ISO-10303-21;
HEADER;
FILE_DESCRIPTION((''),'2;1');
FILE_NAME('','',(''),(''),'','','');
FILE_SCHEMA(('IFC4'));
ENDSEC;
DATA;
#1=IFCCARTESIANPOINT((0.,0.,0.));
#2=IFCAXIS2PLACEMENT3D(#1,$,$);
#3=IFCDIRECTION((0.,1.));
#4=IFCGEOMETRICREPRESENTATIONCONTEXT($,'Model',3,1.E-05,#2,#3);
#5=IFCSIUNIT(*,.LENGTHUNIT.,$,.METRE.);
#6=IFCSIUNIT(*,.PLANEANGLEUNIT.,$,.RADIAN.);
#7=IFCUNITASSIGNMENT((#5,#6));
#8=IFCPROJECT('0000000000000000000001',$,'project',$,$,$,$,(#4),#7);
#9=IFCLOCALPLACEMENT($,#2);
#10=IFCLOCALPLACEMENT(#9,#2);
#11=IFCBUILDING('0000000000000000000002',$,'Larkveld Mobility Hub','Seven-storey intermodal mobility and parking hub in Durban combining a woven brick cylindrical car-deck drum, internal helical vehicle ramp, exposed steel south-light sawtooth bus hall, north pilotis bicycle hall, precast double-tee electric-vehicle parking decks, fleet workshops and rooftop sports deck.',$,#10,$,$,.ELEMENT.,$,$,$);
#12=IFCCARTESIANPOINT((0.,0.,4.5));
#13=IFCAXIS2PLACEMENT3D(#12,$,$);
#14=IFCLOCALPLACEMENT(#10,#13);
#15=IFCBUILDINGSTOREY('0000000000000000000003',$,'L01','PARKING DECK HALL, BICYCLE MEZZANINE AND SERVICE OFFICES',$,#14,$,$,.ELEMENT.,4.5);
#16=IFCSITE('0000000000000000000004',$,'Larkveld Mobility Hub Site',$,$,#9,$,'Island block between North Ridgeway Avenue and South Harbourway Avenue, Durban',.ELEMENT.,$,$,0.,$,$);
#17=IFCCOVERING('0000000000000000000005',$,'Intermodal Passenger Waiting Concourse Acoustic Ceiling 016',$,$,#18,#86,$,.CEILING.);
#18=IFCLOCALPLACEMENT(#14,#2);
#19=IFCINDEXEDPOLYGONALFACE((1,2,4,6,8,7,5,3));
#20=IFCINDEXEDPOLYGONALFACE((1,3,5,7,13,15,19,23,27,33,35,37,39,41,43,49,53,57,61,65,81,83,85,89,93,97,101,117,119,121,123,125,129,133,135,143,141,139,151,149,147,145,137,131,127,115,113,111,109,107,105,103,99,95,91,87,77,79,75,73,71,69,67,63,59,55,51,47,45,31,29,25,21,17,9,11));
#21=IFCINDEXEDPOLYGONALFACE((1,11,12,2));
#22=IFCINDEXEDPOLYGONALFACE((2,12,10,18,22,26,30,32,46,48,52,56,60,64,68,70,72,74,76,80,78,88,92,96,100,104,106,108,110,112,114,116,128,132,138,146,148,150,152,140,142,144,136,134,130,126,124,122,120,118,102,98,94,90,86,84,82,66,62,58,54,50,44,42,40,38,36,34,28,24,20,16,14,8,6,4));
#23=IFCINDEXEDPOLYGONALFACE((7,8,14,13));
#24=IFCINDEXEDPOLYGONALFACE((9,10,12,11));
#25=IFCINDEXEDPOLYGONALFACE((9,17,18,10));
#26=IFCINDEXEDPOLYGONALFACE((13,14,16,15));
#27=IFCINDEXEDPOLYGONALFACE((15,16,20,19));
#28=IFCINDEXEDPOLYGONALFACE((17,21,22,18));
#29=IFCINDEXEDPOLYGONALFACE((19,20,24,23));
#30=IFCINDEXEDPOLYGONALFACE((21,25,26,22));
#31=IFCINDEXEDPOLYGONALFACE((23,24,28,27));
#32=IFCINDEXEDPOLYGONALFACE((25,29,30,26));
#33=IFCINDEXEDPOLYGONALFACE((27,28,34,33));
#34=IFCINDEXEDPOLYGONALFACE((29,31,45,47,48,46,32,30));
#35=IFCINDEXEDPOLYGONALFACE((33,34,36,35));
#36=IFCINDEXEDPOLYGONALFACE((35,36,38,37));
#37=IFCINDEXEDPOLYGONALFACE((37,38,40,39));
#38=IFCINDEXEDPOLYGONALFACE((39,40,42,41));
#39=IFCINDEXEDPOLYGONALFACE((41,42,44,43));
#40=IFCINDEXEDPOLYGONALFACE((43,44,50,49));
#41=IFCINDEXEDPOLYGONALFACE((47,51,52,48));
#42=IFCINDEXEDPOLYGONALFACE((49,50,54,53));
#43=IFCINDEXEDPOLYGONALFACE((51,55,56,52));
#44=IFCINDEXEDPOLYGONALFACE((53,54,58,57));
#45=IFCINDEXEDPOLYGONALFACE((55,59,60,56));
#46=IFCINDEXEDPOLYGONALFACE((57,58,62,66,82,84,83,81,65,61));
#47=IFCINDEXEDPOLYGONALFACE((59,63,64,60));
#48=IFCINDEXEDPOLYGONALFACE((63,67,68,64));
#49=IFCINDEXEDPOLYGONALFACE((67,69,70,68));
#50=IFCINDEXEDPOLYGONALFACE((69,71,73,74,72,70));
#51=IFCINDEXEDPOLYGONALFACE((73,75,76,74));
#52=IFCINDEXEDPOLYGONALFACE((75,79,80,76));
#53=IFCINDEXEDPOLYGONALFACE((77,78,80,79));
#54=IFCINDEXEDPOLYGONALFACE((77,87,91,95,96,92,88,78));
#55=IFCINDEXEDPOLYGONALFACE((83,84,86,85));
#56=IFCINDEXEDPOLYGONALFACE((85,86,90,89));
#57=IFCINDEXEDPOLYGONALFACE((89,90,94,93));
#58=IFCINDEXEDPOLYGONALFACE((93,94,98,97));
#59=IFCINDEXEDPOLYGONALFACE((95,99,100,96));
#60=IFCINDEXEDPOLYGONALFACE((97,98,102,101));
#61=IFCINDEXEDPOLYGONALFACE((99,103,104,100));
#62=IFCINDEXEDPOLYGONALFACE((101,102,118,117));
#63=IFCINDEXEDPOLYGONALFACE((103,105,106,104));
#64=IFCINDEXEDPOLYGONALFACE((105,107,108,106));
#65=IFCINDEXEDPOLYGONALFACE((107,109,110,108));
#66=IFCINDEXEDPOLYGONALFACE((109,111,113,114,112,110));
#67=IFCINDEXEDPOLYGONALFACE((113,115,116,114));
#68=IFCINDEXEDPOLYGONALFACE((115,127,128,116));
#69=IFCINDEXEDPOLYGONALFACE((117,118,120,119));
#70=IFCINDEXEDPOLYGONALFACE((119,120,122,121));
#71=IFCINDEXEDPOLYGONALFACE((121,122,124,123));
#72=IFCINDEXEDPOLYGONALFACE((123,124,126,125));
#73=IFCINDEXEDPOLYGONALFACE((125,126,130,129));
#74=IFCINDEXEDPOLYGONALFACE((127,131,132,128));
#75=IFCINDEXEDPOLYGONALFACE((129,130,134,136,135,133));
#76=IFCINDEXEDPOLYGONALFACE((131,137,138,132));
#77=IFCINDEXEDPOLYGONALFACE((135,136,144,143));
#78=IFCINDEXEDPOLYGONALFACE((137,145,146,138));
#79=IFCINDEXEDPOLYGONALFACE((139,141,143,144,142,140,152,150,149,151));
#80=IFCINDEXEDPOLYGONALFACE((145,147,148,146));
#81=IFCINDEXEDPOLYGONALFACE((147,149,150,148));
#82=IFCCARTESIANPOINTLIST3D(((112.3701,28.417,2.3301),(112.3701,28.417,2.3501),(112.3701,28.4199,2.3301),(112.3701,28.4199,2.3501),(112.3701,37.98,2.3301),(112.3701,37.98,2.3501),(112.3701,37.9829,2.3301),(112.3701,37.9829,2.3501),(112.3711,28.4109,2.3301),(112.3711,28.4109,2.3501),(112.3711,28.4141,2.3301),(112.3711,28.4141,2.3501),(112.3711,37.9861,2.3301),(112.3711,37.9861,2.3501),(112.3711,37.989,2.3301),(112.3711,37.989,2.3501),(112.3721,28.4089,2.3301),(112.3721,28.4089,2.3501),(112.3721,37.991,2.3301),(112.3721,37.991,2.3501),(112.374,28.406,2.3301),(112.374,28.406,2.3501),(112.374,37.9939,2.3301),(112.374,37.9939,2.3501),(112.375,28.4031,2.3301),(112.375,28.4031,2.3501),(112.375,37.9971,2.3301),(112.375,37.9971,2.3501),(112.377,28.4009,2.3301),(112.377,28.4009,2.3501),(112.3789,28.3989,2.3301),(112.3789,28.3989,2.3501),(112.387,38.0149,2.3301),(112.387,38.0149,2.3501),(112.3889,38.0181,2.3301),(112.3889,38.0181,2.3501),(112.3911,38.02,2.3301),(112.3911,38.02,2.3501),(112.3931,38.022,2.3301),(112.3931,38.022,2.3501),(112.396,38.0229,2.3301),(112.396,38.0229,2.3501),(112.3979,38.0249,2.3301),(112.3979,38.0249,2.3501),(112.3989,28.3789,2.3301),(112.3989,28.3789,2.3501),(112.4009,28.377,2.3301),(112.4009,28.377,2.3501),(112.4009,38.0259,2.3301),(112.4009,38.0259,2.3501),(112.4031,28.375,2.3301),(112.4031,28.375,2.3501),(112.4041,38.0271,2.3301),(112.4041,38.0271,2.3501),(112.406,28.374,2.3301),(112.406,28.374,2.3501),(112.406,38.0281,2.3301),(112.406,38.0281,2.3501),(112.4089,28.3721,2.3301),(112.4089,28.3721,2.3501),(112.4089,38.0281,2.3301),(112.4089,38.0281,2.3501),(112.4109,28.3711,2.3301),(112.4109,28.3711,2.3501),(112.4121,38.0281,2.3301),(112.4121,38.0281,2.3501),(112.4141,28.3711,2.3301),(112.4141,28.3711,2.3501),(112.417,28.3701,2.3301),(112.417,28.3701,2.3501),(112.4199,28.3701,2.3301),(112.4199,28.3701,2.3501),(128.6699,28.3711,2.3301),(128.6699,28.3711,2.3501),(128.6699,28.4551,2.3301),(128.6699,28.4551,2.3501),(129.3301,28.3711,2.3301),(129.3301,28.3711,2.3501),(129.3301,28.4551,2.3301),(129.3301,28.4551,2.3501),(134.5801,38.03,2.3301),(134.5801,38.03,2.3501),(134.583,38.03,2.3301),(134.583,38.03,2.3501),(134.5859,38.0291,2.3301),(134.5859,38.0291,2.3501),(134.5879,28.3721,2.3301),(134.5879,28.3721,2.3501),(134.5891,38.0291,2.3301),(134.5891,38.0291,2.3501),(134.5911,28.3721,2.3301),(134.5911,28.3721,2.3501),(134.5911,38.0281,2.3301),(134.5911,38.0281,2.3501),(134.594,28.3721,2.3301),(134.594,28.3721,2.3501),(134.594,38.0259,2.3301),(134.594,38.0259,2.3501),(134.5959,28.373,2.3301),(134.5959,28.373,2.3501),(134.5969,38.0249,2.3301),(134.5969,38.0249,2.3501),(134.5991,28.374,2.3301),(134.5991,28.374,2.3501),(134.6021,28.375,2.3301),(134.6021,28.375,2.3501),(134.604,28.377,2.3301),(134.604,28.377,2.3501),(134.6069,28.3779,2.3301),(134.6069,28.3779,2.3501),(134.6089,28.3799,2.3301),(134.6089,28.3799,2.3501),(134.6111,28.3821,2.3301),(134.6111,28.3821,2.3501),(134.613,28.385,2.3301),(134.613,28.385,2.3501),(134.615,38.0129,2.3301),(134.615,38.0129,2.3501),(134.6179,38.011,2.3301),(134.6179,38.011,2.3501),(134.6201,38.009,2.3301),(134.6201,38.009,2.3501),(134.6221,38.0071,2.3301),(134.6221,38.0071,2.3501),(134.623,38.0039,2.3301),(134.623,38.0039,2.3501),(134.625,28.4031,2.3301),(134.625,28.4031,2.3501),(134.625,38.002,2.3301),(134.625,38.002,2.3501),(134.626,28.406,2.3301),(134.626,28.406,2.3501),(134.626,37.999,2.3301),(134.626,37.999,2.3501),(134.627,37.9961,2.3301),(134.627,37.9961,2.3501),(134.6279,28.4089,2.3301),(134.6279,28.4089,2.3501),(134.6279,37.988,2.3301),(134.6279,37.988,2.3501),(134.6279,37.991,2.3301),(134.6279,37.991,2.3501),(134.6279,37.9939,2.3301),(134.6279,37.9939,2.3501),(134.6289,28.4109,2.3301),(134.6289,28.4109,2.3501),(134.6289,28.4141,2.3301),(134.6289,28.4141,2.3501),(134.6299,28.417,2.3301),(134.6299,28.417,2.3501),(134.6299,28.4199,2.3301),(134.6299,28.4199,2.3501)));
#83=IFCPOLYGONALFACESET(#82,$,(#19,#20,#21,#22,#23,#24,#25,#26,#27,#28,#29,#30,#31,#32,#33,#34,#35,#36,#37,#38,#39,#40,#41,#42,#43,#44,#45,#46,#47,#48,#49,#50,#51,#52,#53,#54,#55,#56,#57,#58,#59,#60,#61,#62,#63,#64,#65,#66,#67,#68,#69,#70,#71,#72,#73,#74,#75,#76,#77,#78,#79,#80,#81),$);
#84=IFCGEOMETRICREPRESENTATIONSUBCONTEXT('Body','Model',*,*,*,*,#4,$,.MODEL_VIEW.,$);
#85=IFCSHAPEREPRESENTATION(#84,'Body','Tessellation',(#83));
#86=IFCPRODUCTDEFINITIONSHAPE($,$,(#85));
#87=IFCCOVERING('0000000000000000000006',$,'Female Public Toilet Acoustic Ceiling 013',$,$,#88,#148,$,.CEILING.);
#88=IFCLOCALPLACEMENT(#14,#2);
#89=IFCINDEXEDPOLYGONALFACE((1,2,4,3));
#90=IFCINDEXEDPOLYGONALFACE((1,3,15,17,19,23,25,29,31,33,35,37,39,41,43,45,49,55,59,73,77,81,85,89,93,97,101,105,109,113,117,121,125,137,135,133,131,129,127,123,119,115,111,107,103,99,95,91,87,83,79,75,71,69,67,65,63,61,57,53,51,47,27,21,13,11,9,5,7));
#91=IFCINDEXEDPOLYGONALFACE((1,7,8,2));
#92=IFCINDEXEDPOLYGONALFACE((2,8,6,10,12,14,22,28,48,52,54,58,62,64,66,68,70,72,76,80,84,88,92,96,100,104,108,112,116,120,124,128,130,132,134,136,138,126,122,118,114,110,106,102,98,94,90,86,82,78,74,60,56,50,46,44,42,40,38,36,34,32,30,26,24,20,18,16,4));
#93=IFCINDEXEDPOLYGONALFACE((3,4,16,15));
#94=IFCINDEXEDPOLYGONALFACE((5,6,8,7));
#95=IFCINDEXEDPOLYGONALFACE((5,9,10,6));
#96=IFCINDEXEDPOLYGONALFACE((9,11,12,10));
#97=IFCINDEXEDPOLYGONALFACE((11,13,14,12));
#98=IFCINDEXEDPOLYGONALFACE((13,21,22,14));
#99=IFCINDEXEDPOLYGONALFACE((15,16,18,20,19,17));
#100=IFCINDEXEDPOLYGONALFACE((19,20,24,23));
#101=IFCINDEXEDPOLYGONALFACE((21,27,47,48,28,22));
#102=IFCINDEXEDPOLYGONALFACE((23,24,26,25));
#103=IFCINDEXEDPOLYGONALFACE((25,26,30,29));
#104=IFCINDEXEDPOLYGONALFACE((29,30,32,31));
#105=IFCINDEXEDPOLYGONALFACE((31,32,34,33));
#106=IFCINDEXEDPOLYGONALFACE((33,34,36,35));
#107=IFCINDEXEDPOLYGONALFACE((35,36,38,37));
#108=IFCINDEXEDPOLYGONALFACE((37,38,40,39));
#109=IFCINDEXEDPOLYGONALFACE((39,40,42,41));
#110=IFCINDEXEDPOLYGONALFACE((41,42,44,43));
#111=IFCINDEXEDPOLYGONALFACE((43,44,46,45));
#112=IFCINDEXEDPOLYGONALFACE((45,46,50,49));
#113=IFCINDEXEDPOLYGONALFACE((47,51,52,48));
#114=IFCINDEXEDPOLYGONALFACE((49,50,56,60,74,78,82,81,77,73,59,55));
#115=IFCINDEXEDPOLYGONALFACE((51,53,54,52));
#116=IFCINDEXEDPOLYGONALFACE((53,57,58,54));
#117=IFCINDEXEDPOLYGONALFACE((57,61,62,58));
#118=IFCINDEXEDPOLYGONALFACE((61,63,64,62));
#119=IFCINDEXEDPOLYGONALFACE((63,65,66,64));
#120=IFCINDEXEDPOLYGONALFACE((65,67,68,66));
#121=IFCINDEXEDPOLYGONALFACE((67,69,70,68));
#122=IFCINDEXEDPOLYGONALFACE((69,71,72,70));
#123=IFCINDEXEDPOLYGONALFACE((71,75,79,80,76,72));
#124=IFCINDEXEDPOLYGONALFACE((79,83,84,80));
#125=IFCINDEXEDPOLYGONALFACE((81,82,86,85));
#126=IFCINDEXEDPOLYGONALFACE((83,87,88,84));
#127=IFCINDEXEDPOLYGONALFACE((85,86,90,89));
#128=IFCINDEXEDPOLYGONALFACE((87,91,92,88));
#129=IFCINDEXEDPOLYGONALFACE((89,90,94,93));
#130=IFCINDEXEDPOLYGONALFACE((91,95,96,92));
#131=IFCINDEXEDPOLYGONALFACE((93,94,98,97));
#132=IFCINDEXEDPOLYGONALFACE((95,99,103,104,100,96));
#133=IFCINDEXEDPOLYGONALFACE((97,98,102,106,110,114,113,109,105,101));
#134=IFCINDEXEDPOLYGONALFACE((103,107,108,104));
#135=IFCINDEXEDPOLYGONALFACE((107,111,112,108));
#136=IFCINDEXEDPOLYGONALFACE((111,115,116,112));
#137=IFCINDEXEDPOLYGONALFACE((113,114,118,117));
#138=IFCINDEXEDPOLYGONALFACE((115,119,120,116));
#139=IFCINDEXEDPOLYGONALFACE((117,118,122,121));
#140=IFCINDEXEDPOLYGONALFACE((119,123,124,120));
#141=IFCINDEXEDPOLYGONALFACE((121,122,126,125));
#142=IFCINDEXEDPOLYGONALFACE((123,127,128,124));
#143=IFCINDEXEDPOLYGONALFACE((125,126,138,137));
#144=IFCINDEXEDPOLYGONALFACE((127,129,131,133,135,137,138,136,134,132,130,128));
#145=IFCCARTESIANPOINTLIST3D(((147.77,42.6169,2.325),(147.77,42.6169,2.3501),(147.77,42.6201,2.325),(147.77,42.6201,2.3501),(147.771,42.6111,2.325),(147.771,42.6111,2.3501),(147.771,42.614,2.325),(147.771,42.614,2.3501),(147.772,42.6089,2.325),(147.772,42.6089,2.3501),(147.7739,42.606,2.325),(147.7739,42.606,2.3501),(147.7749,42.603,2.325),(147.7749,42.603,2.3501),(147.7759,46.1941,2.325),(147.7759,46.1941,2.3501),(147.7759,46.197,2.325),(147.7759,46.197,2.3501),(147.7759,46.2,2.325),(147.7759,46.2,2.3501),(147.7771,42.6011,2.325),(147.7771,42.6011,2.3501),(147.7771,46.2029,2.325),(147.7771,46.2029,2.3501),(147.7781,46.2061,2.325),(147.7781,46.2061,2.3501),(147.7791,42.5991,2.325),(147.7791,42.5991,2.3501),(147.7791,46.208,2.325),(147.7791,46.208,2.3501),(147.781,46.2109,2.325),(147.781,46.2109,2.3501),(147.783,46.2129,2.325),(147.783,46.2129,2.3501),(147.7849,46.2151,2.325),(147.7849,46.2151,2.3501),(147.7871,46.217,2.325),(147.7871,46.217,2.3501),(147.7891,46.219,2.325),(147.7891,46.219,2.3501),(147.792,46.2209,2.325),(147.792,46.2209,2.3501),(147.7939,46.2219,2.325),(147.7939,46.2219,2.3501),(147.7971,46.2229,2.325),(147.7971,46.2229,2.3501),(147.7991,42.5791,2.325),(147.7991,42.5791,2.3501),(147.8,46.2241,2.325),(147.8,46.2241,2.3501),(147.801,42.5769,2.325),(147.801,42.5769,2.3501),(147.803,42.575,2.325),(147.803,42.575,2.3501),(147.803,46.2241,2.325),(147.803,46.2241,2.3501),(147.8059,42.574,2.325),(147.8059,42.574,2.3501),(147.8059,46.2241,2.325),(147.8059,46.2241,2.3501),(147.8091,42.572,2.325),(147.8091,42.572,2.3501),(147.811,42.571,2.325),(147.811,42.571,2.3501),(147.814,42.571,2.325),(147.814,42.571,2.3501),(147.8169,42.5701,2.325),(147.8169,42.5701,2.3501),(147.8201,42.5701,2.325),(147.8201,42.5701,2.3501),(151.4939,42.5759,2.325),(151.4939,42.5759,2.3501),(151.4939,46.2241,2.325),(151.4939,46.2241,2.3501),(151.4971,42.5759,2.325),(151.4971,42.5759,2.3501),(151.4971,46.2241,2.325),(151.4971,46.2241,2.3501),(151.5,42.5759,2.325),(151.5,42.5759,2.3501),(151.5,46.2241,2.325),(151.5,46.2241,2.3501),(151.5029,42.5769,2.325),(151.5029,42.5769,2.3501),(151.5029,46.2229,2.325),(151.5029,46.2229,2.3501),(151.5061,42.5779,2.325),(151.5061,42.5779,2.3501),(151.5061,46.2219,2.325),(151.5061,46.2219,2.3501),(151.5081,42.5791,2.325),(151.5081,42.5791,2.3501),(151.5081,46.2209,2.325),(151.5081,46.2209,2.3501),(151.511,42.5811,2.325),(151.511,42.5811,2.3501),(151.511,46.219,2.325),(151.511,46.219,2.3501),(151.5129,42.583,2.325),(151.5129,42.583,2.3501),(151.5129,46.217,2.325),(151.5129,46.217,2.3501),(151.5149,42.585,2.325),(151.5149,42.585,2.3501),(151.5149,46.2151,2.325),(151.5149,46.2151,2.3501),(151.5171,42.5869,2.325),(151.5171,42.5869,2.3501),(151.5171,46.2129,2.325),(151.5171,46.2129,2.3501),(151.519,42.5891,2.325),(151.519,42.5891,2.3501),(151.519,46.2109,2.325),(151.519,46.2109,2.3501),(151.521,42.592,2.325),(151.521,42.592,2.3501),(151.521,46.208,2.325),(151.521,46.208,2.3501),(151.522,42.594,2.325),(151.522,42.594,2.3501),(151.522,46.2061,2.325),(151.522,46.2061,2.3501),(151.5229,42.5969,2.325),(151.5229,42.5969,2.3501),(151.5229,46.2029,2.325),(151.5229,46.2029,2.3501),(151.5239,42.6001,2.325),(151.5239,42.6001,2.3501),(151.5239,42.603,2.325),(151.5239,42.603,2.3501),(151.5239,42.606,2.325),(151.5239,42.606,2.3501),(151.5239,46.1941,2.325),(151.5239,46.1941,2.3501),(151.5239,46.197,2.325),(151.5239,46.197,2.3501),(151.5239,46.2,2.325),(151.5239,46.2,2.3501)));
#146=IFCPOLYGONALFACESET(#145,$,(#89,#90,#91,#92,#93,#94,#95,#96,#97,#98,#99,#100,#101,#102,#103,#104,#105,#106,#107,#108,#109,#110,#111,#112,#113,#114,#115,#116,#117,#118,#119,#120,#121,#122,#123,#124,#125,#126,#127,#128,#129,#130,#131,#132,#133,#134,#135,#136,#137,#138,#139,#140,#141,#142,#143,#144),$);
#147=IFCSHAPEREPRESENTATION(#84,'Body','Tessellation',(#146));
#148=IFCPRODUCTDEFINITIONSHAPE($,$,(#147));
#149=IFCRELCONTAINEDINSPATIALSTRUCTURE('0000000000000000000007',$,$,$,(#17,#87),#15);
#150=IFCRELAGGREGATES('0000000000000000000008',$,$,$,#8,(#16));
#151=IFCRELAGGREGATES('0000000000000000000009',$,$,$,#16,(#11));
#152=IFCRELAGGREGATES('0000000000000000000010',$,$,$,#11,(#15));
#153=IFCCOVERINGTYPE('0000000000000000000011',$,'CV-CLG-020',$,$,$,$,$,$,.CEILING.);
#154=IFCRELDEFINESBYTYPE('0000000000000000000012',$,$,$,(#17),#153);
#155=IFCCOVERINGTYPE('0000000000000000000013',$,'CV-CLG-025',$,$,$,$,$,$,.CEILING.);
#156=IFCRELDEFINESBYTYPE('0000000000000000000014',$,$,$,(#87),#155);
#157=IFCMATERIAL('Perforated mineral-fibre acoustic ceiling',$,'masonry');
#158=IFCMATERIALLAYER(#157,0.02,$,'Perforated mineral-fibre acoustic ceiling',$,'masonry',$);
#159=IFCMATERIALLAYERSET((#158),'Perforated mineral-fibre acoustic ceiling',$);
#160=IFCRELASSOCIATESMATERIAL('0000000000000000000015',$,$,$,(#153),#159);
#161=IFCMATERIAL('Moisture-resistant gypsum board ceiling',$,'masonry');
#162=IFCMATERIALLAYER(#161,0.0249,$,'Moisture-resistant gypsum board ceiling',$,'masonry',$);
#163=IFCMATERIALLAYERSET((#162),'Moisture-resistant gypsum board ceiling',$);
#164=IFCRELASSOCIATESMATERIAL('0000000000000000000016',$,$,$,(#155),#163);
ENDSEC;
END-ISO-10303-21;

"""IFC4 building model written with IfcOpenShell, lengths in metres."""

from ifc_helpers import new_model, si_unit, direction, frame, origin, place, context, subcontext, project, spatial, polyline, outline, extrude, material, layer, layer_set, type_object, element, save


model = new_model("IFC4")

# Units and contexts
model_context = context("Model", 3, precision=1e-05, world=origin(), true_north=direction((0.0, 1.0)))
body_context = subcontext(model_context, "Body", "Model", "MODEL_VIEW")
ifc_project = project(units=[si_unit("LENGTHUNIT", "METRE"), si_unit("PLANEANGLEUNIT", "RADIAN")], contexts=[model_context])

# Site, building, storey
site_placement = place(None, origin())
site = spatial("IfcSite", under=ifc_project, at=site_placement, Name="Larkveld Mobility Hub Site", LongName="Island block between North Ridgeway Avenue and South Harbourway Avenue, Durban", CompositionType="ELEMENT", RefElevation=0.0)
building_placement = place(site_placement, origin())
building = spatial("IfcBuilding", under=site, at=building_placement, Name="Larkveld Mobility Hub", Description="Seven-storey intermodal mobility and parking hub in Durban combining a woven brick cylindrical car-deck drum, internal helical vehicle ramp, exposed steel south-light sawtooth bus hall, north pilotis bicycle hall, precast double-tee electric-vehicle parking decks, fleet workshops and rooftop sports deck.", CompositionType="ELEMENT")
storey_placement = place(building_placement, frame((0.0, 0.0, 4.5)))
storey = spatial("IfcBuildingStorey", under=building, at=storey_placement, Name="L01", Description="PARKING DECK HALL, BICYCLE MEZZANINE AND SERVICE OFFICES", CompositionType="ELEMENT", Elevation=4.5)

# Coverings
ifc_material_1 = material(Name="Perforated mineral-fibre acoustic ceiling", Category="masonry")
ifc_layer_1 = layer(ifc_material_1, 0.02, Name="Perforated mineral-fibre acoustic ceiling", Category="masonry")
ifc_layer_set_1 = layer_set([ifc_layer_1], Name="Perforated mineral-fibre acoustic ceiling")
covering_type_1 = type_object("IfcCoveringType", Name="CV-CLG-020", PredefinedType="CEILING", material=ifc_layer_set_1)
covering_1_placement = place(storey_placement, frame((0.0, 0.0, 2.3301)))
element("IfcCovering", 1, at=covering_1_placement, inside=storey, type_object=covering_type_1, Name="Intermodal Passenger Waiting Concourse Acoustic Ceiling 016", PredefinedType="CEILING", context=body_context, shape_type="SweptSolid", body=[
    extrude(outline(polyline([(112.417, 28.3701), (112.4141, 28.3711), (112.4109, 28.3711), (112.4089, 28.3721), (112.406, 28.374), (112.4031, 28.375), (112.4009, 28.377), (112.3989, 28.3789), (112.3789, 28.3989), (112.377, 28.4009), (112.375, 28.4031), (112.374, 28.406), (112.3721, 28.4089), (112.3711, 28.4109), (112.3711, 28.4141), (112.3701, 28.417), (112.3701, 28.4199), (112.3701, 37.98), (112.3701, 37.9829), (112.3711, 37.9861), (112.3711, 37.989), (112.3721, 37.991), (112.374, 37.9939), (112.375, 37.9971), (112.387, 38.0149), (112.3889, 38.0181), (112.3911, 38.02), (112.3931, 38.022), (112.396, 38.0229), (112.3979, 38.0249), (112.4009, 38.0259), (112.4041, 38.0271), (112.406, 38.0281), (112.4089, 38.0281), (112.4121, 38.0281), (134.5801, 38.03), (134.583, 38.03), (134.5859, 38.0291), (134.5891, 38.0291), (134.5911, 38.0281), (134.594, 38.0259), (134.5969, 38.0249), (134.615, 38.0129), (134.6179, 38.011), (134.6201, 38.009), (134.6221, 38.0071), (134.623, 38.0039), (134.625, 38.002), (134.626, 37.999), (134.627, 37.9961), (134.6279, 37.9939), (134.6279, 37.991), (134.6279, 37.988), (134.6299, 28.4199), (134.6299, 28.417), (134.6289, 28.4141), (134.6289, 28.4109), (134.6279, 28.4089), (134.626, 28.406), (134.625, 28.4031), (134.613, 28.385), (134.6111, 28.3821), (134.6089, 28.3799), (134.6069, 28.3779), (134.604, 28.377), (134.6021, 28.375), (134.5991, 28.374), (134.5959, 28.373), (134.594, 28.3721), (134.5911, 28.3721), (134.5879, 28.3721), (129.3301, 28.3711), (129.3301, 28.4551), (128.6699, 28.4551), (128.6699, 28.3711), (112.4199, 28.3701), (112.417, 28.3701)])), origin(), (0.0, 0.0, 1.0), 0.02),
])
ifc_material_2 = material(Name="Moisture-resistant gypsum board ceiling", Category="masonry")
ifc_layer_2 = layer(ifc_material_2, 0.0249, Name="Moisture-resistant gypsum board ceiling", Category="masonry")
ifc_layer_set_2 = layer_set([ifc_layer_2], Name="Moisture-resistant gypsum board ceiling")
covering_type_2 = type_object("IfcCoveringType", Name="CV-CLG-025", PredefinedType="CEILING", material=ifc_layer_set_2)
covering_2_placement = place(storey_placement, frame((0.0, 0.0, 2.325)))
element("IfcCovering", 2, at=covering_2_placement, inside=storey, type_object=covering_type_2, Name="Female Public Toilet Acoustic Ceiling 013", PredefinedType="CEILING", context=body_context, shape_type="SweptSolid", body=[
    extrude(outline(polyline([(147.8201, 42.5701), (147.8169, 42.5701), (147.814, 42.571), (147.811, 42.571), (147.8091, 42.572), (147.8059, 42.574), (147.803, 42.575), (147.801, 42.5769), (147.7991, 42.5791), (147.7791, 42.5991), (147.7771, 42.6011), (147.7749, 42.603), (147.7739, 42.606), (147.772, 42.6089), (147.771, 42.6111), (147.771, 42.614), (147.77, 42.6169), (147.77, 42.6201), (147.7759, 46.1941), (147.7759, 46.197), (147.7759, 46.2), (147.7771, 46.2029), (147.7781, 46.2061), (147.7791, 46.208), (147.781, 46.2109), (147.783, 46.2129), (147.7849, 46.2151), (147.7871, 46.217), (147.7891, 46.219), (147.792, 46.2209), (147.7939, 46.2219), (147.7971, 46.2229), (147.8, 46.2241), (147.803, 46.2241), (147.8059, 46.2241), (151.4939, 46.2241), (151.4971, 46.2241), (151.5, 46.2241), (151.5029, 46.2229), (151.5061, 46.2219), (151.5081, 46.2209), (151.511, 46.219), (151.5129, 46.217), (151.5149, 46.2151), (151.5171, 46.2129), (151.519, 46.2109), (151.521, 46.208), (151.522, 46.2061), (151.5229, 46.2029), (151.5239, 46.2), (151.5239, 46.197), (151.5239, 46.1941), (151.5239, 42.606), (151.5239, 42.603), (151.5239, 42.6001), (151.5229, 42.5969), (151.522, 42.594), (151.521, 42.592), (151.519, 42.5891), (151.5171, 42.5869), (151.5149, 42.585), (151.5129, 42.583), (151.511, 42.5811), (151.5081, 42.5791), (151.5061, 42.5779), (151.5029, 42.5769), (151.5, 42.5759), (151.4971, 42.5759), (151.4939, 42.5759), (147.8201, 42.5701)])), origin(), (0.0, 0.0, 1.0), 0.0251),
])

save(model, "model.ifc")
